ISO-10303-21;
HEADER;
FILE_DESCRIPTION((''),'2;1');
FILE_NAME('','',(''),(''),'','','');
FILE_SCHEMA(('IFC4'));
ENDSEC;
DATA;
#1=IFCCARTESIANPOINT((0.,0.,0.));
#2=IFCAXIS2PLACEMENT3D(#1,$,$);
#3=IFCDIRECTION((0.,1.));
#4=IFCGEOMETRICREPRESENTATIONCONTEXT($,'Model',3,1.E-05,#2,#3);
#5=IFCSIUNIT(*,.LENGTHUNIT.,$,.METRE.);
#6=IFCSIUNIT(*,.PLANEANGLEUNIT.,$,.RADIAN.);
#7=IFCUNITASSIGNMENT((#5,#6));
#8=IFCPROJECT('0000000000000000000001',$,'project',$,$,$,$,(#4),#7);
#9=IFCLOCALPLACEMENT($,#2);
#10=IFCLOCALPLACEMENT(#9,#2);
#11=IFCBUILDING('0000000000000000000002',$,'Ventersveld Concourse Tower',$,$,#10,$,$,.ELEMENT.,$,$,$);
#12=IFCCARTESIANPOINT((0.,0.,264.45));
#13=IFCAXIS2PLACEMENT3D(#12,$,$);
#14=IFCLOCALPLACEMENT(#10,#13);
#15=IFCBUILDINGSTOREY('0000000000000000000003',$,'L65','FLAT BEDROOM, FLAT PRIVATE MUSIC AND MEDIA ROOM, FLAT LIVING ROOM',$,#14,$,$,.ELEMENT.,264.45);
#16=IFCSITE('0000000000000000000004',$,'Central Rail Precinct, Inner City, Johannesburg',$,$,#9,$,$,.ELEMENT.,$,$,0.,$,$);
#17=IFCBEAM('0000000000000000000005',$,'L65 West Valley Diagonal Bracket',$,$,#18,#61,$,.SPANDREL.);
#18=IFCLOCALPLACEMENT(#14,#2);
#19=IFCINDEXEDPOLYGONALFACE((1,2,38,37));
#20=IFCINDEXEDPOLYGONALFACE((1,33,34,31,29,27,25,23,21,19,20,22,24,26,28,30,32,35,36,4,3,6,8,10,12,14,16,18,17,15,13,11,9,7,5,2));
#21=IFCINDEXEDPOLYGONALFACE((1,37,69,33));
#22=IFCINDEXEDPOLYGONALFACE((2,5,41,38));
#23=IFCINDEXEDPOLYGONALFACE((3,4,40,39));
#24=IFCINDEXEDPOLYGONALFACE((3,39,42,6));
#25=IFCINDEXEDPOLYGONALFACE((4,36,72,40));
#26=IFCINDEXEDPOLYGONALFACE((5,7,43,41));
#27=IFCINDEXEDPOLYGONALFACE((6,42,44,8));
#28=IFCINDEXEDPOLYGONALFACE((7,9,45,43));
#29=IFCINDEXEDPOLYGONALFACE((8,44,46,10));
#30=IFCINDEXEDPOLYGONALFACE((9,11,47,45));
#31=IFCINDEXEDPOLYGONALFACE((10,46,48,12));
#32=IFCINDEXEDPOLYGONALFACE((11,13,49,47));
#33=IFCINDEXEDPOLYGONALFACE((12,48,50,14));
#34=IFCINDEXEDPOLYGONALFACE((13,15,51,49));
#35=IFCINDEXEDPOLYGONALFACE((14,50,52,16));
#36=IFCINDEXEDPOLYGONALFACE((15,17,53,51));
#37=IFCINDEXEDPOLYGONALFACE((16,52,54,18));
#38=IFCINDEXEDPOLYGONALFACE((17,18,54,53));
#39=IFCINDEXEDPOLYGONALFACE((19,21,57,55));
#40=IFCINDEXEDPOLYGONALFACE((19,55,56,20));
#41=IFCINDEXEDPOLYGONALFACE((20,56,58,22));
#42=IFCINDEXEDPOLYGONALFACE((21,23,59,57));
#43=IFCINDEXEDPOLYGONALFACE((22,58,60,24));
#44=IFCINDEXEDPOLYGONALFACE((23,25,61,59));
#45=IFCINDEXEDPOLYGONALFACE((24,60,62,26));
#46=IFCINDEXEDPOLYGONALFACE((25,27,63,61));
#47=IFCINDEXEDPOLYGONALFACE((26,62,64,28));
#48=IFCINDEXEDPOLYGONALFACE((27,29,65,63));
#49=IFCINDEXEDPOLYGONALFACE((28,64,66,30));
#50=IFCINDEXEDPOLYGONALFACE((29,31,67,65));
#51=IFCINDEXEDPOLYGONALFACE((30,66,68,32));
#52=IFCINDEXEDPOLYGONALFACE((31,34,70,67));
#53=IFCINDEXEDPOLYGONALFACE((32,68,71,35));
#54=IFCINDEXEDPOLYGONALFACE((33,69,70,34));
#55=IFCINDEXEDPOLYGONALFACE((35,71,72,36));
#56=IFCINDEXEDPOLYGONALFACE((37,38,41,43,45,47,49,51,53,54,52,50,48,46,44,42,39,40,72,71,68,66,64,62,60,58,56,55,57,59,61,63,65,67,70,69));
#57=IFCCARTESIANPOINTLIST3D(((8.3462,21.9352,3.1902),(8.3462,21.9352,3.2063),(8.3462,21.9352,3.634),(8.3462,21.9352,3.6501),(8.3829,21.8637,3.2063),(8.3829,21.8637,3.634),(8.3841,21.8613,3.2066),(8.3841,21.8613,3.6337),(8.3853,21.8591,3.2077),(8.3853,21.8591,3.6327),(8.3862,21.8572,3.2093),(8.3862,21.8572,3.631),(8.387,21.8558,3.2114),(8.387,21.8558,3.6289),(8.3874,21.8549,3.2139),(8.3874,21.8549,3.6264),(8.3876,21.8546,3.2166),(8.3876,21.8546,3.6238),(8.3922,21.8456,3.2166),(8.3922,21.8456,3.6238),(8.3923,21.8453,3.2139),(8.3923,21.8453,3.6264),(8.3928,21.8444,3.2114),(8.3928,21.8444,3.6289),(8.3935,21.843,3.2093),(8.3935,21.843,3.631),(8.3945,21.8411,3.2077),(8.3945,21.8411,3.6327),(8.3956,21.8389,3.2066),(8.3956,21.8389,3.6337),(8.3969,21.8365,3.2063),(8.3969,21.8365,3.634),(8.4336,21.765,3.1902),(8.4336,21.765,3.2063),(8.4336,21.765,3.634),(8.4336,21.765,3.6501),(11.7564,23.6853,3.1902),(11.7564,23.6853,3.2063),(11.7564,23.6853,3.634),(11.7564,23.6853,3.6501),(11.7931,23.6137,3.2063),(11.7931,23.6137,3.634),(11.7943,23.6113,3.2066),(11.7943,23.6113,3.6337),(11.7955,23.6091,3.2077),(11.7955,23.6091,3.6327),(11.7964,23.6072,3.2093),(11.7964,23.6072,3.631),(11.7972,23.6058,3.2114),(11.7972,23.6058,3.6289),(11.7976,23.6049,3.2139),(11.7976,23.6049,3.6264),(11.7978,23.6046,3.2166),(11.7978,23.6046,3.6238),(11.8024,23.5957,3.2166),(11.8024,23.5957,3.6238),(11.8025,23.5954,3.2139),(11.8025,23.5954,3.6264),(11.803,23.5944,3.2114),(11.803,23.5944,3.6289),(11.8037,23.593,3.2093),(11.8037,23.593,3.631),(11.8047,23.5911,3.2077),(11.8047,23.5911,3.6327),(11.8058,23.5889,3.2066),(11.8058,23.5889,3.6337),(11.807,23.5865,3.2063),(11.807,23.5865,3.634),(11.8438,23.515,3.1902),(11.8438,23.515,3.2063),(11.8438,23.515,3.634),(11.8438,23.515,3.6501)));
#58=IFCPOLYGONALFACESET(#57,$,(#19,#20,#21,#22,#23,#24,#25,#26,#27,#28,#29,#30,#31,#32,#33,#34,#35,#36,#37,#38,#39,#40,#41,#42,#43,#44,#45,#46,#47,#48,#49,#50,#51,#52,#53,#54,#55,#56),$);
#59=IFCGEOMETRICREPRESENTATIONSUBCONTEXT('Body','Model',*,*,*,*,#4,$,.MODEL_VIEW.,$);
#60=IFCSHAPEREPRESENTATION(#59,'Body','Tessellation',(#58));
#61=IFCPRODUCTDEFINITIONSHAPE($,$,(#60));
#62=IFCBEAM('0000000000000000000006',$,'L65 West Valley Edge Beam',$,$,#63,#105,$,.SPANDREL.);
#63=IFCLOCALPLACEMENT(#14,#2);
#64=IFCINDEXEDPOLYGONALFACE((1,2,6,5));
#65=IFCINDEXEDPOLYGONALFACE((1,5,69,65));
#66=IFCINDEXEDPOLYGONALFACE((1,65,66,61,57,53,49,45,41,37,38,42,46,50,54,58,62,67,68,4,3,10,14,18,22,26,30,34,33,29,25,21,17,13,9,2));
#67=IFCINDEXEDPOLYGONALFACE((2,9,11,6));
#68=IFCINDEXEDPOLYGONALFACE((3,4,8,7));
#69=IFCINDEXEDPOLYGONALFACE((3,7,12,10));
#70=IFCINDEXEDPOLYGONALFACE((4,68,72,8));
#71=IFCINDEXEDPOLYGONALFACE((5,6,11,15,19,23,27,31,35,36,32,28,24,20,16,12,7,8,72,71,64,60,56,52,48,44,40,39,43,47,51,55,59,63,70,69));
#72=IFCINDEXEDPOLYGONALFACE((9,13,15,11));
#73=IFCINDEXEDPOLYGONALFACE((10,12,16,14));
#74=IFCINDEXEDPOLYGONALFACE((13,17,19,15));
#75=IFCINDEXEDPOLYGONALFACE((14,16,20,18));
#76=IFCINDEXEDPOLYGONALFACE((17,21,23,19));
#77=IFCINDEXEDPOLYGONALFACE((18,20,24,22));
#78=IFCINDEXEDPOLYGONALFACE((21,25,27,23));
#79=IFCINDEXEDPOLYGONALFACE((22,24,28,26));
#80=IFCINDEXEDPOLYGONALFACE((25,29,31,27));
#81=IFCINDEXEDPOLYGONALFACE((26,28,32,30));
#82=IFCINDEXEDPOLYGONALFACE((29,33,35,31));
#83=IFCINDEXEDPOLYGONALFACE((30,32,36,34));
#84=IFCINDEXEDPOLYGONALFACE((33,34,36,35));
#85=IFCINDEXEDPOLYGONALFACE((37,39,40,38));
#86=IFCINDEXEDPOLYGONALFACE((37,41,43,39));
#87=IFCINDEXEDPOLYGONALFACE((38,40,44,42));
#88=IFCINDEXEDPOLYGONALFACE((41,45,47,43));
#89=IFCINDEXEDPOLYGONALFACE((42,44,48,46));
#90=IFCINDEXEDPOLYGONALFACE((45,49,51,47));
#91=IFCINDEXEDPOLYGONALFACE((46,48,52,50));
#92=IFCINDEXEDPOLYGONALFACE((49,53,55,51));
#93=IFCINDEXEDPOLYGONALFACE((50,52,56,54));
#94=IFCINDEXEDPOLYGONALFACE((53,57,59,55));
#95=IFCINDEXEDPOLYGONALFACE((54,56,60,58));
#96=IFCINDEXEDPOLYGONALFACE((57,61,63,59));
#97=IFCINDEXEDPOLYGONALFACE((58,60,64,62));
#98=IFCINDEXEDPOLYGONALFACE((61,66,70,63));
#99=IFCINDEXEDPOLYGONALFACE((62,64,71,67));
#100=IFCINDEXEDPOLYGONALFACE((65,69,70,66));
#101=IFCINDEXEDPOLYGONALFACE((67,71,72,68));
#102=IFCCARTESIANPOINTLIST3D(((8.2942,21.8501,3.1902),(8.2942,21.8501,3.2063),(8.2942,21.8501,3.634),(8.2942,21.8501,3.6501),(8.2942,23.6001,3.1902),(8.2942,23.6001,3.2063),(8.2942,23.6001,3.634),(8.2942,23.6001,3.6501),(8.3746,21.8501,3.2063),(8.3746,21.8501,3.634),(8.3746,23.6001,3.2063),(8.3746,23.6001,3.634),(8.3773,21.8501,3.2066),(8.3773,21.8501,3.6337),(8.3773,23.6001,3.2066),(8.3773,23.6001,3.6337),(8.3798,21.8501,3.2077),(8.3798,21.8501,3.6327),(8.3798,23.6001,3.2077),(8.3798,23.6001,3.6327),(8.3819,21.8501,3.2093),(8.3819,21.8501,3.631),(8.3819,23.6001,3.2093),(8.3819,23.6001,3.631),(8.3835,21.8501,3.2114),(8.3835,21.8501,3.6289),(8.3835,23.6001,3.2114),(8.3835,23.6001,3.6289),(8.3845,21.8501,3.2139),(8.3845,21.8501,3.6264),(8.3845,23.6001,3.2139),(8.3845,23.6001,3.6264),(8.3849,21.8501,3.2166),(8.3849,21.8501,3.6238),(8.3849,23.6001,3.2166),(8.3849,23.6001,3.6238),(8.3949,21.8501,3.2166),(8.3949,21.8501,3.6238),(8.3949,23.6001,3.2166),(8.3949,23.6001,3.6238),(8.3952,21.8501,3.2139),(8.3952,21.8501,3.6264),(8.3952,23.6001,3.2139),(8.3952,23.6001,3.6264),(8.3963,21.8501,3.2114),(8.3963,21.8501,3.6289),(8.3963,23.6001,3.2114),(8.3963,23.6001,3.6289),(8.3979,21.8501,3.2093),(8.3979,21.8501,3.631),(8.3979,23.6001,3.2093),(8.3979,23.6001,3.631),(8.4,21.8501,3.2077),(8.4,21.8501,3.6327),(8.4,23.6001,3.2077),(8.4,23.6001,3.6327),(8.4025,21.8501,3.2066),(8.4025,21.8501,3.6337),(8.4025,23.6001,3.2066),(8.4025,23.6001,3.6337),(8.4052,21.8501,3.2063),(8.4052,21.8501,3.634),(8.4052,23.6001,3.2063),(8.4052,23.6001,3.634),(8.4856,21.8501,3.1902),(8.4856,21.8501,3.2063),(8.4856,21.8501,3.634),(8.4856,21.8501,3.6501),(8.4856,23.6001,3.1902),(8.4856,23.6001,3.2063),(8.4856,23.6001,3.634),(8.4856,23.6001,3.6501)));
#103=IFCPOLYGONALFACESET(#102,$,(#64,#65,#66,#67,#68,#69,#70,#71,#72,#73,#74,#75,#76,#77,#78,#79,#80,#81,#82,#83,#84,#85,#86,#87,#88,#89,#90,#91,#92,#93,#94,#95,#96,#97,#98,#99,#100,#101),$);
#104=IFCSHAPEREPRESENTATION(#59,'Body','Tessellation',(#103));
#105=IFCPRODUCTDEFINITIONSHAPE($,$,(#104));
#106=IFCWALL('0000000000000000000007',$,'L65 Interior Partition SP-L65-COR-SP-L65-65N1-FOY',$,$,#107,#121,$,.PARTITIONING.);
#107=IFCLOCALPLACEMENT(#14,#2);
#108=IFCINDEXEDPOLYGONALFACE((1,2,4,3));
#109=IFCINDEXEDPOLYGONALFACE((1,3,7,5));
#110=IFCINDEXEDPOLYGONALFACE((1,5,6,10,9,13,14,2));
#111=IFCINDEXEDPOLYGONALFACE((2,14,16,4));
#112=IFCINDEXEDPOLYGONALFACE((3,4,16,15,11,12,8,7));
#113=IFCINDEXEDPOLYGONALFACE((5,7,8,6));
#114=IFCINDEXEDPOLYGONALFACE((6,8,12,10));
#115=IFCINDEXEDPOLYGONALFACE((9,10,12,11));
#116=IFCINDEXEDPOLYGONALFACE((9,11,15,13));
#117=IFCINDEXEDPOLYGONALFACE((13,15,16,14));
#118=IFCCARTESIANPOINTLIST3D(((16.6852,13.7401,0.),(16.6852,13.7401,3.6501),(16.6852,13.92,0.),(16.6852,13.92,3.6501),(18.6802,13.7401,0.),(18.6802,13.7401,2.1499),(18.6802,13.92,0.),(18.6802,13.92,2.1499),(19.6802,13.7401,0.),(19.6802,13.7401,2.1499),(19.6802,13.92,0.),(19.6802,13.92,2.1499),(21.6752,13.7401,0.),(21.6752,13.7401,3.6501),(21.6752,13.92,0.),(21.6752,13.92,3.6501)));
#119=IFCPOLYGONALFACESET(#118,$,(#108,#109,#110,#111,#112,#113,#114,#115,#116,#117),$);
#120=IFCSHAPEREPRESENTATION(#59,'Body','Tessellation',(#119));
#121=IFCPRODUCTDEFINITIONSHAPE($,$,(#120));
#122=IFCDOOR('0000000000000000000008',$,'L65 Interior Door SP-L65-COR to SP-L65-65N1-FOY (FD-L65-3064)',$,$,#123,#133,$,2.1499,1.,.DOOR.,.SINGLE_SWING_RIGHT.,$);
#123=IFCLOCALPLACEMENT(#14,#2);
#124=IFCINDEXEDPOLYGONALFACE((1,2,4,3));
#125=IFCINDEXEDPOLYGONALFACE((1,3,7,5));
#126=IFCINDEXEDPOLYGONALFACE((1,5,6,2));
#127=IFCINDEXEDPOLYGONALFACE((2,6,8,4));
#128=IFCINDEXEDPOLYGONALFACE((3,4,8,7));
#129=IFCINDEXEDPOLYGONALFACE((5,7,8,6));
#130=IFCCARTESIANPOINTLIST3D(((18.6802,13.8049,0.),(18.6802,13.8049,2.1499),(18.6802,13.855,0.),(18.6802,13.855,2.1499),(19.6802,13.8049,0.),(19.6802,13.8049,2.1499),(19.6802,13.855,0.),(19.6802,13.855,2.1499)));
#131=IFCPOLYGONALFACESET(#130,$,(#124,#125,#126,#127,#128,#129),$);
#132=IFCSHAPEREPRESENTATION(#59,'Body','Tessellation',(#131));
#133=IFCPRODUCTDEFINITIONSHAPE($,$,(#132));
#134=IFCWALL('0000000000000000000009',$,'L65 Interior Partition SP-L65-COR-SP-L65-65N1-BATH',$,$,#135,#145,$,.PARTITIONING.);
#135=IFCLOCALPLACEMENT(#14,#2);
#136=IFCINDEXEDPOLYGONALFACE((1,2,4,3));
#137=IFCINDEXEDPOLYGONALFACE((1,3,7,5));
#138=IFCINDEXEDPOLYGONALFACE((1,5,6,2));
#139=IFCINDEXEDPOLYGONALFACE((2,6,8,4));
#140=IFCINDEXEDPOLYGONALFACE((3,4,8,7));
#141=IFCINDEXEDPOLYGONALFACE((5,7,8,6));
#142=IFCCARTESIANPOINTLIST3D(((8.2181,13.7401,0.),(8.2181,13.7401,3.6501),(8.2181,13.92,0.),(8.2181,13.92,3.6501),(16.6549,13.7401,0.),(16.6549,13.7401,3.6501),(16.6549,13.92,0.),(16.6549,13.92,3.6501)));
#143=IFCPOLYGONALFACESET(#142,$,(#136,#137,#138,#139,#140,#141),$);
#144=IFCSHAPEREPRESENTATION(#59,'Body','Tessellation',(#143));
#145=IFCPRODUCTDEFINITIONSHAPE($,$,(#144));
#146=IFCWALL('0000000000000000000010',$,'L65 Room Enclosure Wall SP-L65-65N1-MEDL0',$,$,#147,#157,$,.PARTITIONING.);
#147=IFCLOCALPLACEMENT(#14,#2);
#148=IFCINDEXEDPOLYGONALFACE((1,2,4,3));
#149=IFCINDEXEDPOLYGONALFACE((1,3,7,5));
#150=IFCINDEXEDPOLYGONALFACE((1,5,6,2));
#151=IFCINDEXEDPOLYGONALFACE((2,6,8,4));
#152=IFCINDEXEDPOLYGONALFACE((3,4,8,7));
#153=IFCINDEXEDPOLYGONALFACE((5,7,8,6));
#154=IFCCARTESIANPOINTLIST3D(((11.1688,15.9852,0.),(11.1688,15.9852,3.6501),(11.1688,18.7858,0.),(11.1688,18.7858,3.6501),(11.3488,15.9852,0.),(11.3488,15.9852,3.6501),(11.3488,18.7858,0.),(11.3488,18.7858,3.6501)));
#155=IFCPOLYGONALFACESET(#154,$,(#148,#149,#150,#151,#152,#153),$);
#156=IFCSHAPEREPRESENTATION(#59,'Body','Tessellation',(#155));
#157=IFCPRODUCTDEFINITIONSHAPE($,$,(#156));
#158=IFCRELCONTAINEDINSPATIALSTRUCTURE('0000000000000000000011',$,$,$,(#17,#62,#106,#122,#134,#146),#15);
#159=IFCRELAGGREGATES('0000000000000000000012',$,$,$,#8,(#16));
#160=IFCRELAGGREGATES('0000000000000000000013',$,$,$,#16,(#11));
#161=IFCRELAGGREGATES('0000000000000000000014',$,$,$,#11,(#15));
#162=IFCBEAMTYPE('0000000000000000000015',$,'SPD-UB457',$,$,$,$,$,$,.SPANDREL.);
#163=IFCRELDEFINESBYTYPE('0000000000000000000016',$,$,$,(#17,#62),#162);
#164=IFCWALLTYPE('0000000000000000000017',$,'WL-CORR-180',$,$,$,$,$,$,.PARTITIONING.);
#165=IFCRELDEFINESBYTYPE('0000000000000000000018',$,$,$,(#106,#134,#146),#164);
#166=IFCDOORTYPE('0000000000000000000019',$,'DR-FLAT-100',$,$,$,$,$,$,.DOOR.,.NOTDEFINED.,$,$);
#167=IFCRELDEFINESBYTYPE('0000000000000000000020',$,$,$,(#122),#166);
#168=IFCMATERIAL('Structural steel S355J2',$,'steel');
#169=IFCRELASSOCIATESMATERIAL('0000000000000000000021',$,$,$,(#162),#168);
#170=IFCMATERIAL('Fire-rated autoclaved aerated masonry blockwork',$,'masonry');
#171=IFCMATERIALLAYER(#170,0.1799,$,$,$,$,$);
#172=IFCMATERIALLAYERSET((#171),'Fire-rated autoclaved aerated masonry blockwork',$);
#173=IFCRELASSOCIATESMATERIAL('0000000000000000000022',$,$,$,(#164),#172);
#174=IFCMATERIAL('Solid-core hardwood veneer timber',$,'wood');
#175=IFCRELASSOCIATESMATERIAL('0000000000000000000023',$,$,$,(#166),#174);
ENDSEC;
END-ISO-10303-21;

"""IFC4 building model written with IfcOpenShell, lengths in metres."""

from ifc_helpers import new_model, si_unit, direction, frame, frame_2d, origin, origin_2d, place, context, subcontext, project, spatial, rectangle, i_section, extrude, material, layer, layer_set, material_profile, profile_set, type_object, element, fill, save


model = new_model("IFC4")

# Units and contexts
model_context = context("Model", 3, precision=1e-05, world=origin(), true_north=direction((0.0, 1.0)))
body_context = subcontext(model_context, "Body", "Model", "MODEL_VIEW")
ifc_project = project(units=[si_unit("LENGTHUNIT", "METRE"), si_unit("PLANEANGLEUNIT", "RADIAN")], contexts=[model_context])

# Site, building, storey
site_placement = place(None, origin())
site = spatial("IfcSite", under=ifc_project, at=site_placement, Name="Central Rail Precinct, Inner City, Johannesburg", CompositionType="ELEMENT", RefElevation=0.0)
building_placement = place(site_placement, origin())
building = spatial("IfcBuilding", under=site, at=building_placement, Name="Ventersveld Concourse Tower", CompositionType="ELEMENT")
storey_placement = place(building_placement, frame((0.0, 0.0, 264.45)))
storey = spatial("IfcBuildingStorey", under=building, at=storey_placement, Name="L65", Description="FLAT BEDROOM, FLAT PRIVATE MUSIC AND MEDIA ROOM, FLAT LIVING ROOM", CompositionType="ELEMENT", Elevation=264.45)

# Beams
ifc_material_1 = material(Name="Structural steel S355J2", Category="steel")
ifc_material_profile = material_profile(ifc_material_1, i_section(OverallWidth=0.1914, OverallDepth=0.46, WebThickness=0.01, FlangeThickness=0.0161, FilletRadius=0.0103, at=origin_2d()), Name="UB 457x191x82")
ifc_profile_set = profile_set([ifc_material_profile], Name="Structural steel S355J2")
beam_type = type_object("IfcBeamType", Name="SPD-UB457", PredefinedType="SPANDREL", material=ifc_profile_set)
beam_1_placement = place(storey_placement, frame((8.3899, 21.8501, 3.4202), z_axis=(0.88969, 0.456565, 0.0), x_axis=(-0.456565, 0.88969, 0.0)))
element("IfcBeam", 1, at=beam_1_placement, inside=storey, type_object=beam_type, Name="L65 West Valley Diagonal Bracket", PredefinedType="SPANDREL", context=body_context, shape_type="SweptSolid", body=[
    extrude(i_section(OverallWidth=0.1914, OverallDepth=0.46, WebThickness=0.01, FlangeThickness=0.0161, FilletRadius=0.0103, at=origin_2d()), origin(), (0.0, 0.0, 1.0), 3.833),
])
beam_2_placement = place(storey_placement, frame((8.3899, 21.8501, 3.4202), z_axis=(0.0, 1.0, 0.0), x_axis=(-1.0, 0.0, 0.0)))
element("IfcBeam", 2, at=beam_2_placement, inside=storey, type_object=beam_type, Name="L65 West Valley Edge Beam", PredefinedType="SPANDREL", context=body_context, shape_type="SweptSolid", body=[
    extrude(i_section(OverallWidth=0.1914, OverallDepth=0.46, WebThickness=0.01, FlangeThickness=0.0161, FilletRadius=0.0103, at=origin_2d()), origin(), (0.0, 0.0, 1.0), 1.75),
])

# Wall, opening, door
ifc_material_2 = material(Name="Fire-rated autoclaved aerated masonry blockwork", Category="masonry")
ifc_layer_1 = layer(ifc_material_2, 0.1799)
ifc_layer_set_1 = layer_set([ifc_layer_1], Name="Fire-rated autoclaved aerated masonry blockwork")
wall_type_1 = type_object("IfcWallType", Name="WL-CORR-180", PredefinedType="PARTITIONING", material=ifc_layer_set_1)
ifc_material_3 = material(Name="Solid-core hardwood veneer timber", Category="wood")
door_type_1 = type_object("IfcDoorType", Name="DR-FLAT-100", OperationType="NOTDEFINED", PredefinedType="DOOR", material=ifc_material_3)
wall_1_placement = place(storey_placement, frame((16.6851, 13.8301, 0.0), z_axis=(0.0, 0.0, 1.0), x_axis=(1.0, 0.0, 0.0)))
wall_1 = element("IfcWall", 3, at=wall_1_placement, inside=storey, type_object=wall_type_1, Name="L65 Interior Partition SP-L65-COR-SP-L65-65N1-FOY", PredefinedType="PARTITIONING", context=body_context, shape_type="SweptSolid", body=[
    extrude(rectangle(XDim=4.99, YDim=0.1799, at=frame_2d((2.4951, 0.0))), origin(), (0.0, 0.0, 1.0), 3.6501),
])
opening_1_placement = place(wall_1_placement, frame((1.9951, 0.0, 0.0)))
opening_1 = element("IfcOpeningElement", 4, at=opening_1_placement, cuts=wall_1, PredefinedType="OPENING", context=body_context, shape_type="SweptSolid", body=[
    extrude(rectangle(XDim=1.0, YDim=2.1499, at=frame_2d((0.5, 1.075))), frame((0.0, 0.1001, 0.0), z_axis=(0.0, -1.0, 0.0), x_axis=(1.0, 0.0, 0.0)), (0.0, 0.0, 1.0), 0.2),
])
door_1_placement = place(opening_1_placement, origin())
door_1 = element("IfcDoor", 5, at=door_1_placement, inside=storey, type_object=door_type_1, Name="L65 Interior Door SP-L65-COR to SP-L65-65N1-FOY (FD-L65-3064)", OperationType="SINGLE_SWING_RIGHT", OverallHeight=2.1499, OverallWidth=1.0, PredefinedType="DOOR", context=body_context, shape_type="SweptSolid", body=[
    extrude(rectangle(XDim=1.0, YDim=2.1499, at=frame_2d((0.5, 1.075))), frame((0.0, 0.0249, 0.0), z_axis=(0.0, -1.0, 0.0), x_axis=(1.0, 0.0, 0.0)), (0.0, 0.0, 1.0), 0.05),
])
fill(opening_1, door_1)

# Walls
wall_2_placement = place(storey_placement, frame((8.2183, 13.8301, 0.0), z_axis=(0.0, 0.0, 1.0), x_axis=(1.0, 0.0, 0.0)))
element("IfcWall", 6, at=wall_2_placement, inside=storey, type_object=wall_type_1, Name="L65 Interior Partition SP-L65-COR-SP-L65-65N1-BATH", PredefinedType="PARTITIONING", context=body_context, shape_type="SweptSolid", body=[
    extrude(rectangle(XDim=8.4368, YDim=0.1799, at=frame_2d((4.2183, 0.0))), origin(), (0.0, 0.0, 1.0), 3.6501),
])
wall_3_placement = place(storey_placement, frame((11.2588, 15.9851, 0.0), z_axis=(0.0, 0.0, 1.0), x_axis=(0.0, 1.0, 0.0)))
element("IfcWall", 7, at=wall_3_placement, inside=storey, type_object=wall_type_1, Name="L65 Room Enclosure Wall SP-L65-65N1-MEDL0", PredefinedType="PARTITIONING", context=body_context, shape_type="SweptSolid", body=[
    extrude(rectangle(XDim=2.8005, YDim=0.1799, at=frame_2d((1.4004, 0.0))), origin(), (0.0, 0.0, 1.0), 3.6501),
])

save(model, "model.ifc")
